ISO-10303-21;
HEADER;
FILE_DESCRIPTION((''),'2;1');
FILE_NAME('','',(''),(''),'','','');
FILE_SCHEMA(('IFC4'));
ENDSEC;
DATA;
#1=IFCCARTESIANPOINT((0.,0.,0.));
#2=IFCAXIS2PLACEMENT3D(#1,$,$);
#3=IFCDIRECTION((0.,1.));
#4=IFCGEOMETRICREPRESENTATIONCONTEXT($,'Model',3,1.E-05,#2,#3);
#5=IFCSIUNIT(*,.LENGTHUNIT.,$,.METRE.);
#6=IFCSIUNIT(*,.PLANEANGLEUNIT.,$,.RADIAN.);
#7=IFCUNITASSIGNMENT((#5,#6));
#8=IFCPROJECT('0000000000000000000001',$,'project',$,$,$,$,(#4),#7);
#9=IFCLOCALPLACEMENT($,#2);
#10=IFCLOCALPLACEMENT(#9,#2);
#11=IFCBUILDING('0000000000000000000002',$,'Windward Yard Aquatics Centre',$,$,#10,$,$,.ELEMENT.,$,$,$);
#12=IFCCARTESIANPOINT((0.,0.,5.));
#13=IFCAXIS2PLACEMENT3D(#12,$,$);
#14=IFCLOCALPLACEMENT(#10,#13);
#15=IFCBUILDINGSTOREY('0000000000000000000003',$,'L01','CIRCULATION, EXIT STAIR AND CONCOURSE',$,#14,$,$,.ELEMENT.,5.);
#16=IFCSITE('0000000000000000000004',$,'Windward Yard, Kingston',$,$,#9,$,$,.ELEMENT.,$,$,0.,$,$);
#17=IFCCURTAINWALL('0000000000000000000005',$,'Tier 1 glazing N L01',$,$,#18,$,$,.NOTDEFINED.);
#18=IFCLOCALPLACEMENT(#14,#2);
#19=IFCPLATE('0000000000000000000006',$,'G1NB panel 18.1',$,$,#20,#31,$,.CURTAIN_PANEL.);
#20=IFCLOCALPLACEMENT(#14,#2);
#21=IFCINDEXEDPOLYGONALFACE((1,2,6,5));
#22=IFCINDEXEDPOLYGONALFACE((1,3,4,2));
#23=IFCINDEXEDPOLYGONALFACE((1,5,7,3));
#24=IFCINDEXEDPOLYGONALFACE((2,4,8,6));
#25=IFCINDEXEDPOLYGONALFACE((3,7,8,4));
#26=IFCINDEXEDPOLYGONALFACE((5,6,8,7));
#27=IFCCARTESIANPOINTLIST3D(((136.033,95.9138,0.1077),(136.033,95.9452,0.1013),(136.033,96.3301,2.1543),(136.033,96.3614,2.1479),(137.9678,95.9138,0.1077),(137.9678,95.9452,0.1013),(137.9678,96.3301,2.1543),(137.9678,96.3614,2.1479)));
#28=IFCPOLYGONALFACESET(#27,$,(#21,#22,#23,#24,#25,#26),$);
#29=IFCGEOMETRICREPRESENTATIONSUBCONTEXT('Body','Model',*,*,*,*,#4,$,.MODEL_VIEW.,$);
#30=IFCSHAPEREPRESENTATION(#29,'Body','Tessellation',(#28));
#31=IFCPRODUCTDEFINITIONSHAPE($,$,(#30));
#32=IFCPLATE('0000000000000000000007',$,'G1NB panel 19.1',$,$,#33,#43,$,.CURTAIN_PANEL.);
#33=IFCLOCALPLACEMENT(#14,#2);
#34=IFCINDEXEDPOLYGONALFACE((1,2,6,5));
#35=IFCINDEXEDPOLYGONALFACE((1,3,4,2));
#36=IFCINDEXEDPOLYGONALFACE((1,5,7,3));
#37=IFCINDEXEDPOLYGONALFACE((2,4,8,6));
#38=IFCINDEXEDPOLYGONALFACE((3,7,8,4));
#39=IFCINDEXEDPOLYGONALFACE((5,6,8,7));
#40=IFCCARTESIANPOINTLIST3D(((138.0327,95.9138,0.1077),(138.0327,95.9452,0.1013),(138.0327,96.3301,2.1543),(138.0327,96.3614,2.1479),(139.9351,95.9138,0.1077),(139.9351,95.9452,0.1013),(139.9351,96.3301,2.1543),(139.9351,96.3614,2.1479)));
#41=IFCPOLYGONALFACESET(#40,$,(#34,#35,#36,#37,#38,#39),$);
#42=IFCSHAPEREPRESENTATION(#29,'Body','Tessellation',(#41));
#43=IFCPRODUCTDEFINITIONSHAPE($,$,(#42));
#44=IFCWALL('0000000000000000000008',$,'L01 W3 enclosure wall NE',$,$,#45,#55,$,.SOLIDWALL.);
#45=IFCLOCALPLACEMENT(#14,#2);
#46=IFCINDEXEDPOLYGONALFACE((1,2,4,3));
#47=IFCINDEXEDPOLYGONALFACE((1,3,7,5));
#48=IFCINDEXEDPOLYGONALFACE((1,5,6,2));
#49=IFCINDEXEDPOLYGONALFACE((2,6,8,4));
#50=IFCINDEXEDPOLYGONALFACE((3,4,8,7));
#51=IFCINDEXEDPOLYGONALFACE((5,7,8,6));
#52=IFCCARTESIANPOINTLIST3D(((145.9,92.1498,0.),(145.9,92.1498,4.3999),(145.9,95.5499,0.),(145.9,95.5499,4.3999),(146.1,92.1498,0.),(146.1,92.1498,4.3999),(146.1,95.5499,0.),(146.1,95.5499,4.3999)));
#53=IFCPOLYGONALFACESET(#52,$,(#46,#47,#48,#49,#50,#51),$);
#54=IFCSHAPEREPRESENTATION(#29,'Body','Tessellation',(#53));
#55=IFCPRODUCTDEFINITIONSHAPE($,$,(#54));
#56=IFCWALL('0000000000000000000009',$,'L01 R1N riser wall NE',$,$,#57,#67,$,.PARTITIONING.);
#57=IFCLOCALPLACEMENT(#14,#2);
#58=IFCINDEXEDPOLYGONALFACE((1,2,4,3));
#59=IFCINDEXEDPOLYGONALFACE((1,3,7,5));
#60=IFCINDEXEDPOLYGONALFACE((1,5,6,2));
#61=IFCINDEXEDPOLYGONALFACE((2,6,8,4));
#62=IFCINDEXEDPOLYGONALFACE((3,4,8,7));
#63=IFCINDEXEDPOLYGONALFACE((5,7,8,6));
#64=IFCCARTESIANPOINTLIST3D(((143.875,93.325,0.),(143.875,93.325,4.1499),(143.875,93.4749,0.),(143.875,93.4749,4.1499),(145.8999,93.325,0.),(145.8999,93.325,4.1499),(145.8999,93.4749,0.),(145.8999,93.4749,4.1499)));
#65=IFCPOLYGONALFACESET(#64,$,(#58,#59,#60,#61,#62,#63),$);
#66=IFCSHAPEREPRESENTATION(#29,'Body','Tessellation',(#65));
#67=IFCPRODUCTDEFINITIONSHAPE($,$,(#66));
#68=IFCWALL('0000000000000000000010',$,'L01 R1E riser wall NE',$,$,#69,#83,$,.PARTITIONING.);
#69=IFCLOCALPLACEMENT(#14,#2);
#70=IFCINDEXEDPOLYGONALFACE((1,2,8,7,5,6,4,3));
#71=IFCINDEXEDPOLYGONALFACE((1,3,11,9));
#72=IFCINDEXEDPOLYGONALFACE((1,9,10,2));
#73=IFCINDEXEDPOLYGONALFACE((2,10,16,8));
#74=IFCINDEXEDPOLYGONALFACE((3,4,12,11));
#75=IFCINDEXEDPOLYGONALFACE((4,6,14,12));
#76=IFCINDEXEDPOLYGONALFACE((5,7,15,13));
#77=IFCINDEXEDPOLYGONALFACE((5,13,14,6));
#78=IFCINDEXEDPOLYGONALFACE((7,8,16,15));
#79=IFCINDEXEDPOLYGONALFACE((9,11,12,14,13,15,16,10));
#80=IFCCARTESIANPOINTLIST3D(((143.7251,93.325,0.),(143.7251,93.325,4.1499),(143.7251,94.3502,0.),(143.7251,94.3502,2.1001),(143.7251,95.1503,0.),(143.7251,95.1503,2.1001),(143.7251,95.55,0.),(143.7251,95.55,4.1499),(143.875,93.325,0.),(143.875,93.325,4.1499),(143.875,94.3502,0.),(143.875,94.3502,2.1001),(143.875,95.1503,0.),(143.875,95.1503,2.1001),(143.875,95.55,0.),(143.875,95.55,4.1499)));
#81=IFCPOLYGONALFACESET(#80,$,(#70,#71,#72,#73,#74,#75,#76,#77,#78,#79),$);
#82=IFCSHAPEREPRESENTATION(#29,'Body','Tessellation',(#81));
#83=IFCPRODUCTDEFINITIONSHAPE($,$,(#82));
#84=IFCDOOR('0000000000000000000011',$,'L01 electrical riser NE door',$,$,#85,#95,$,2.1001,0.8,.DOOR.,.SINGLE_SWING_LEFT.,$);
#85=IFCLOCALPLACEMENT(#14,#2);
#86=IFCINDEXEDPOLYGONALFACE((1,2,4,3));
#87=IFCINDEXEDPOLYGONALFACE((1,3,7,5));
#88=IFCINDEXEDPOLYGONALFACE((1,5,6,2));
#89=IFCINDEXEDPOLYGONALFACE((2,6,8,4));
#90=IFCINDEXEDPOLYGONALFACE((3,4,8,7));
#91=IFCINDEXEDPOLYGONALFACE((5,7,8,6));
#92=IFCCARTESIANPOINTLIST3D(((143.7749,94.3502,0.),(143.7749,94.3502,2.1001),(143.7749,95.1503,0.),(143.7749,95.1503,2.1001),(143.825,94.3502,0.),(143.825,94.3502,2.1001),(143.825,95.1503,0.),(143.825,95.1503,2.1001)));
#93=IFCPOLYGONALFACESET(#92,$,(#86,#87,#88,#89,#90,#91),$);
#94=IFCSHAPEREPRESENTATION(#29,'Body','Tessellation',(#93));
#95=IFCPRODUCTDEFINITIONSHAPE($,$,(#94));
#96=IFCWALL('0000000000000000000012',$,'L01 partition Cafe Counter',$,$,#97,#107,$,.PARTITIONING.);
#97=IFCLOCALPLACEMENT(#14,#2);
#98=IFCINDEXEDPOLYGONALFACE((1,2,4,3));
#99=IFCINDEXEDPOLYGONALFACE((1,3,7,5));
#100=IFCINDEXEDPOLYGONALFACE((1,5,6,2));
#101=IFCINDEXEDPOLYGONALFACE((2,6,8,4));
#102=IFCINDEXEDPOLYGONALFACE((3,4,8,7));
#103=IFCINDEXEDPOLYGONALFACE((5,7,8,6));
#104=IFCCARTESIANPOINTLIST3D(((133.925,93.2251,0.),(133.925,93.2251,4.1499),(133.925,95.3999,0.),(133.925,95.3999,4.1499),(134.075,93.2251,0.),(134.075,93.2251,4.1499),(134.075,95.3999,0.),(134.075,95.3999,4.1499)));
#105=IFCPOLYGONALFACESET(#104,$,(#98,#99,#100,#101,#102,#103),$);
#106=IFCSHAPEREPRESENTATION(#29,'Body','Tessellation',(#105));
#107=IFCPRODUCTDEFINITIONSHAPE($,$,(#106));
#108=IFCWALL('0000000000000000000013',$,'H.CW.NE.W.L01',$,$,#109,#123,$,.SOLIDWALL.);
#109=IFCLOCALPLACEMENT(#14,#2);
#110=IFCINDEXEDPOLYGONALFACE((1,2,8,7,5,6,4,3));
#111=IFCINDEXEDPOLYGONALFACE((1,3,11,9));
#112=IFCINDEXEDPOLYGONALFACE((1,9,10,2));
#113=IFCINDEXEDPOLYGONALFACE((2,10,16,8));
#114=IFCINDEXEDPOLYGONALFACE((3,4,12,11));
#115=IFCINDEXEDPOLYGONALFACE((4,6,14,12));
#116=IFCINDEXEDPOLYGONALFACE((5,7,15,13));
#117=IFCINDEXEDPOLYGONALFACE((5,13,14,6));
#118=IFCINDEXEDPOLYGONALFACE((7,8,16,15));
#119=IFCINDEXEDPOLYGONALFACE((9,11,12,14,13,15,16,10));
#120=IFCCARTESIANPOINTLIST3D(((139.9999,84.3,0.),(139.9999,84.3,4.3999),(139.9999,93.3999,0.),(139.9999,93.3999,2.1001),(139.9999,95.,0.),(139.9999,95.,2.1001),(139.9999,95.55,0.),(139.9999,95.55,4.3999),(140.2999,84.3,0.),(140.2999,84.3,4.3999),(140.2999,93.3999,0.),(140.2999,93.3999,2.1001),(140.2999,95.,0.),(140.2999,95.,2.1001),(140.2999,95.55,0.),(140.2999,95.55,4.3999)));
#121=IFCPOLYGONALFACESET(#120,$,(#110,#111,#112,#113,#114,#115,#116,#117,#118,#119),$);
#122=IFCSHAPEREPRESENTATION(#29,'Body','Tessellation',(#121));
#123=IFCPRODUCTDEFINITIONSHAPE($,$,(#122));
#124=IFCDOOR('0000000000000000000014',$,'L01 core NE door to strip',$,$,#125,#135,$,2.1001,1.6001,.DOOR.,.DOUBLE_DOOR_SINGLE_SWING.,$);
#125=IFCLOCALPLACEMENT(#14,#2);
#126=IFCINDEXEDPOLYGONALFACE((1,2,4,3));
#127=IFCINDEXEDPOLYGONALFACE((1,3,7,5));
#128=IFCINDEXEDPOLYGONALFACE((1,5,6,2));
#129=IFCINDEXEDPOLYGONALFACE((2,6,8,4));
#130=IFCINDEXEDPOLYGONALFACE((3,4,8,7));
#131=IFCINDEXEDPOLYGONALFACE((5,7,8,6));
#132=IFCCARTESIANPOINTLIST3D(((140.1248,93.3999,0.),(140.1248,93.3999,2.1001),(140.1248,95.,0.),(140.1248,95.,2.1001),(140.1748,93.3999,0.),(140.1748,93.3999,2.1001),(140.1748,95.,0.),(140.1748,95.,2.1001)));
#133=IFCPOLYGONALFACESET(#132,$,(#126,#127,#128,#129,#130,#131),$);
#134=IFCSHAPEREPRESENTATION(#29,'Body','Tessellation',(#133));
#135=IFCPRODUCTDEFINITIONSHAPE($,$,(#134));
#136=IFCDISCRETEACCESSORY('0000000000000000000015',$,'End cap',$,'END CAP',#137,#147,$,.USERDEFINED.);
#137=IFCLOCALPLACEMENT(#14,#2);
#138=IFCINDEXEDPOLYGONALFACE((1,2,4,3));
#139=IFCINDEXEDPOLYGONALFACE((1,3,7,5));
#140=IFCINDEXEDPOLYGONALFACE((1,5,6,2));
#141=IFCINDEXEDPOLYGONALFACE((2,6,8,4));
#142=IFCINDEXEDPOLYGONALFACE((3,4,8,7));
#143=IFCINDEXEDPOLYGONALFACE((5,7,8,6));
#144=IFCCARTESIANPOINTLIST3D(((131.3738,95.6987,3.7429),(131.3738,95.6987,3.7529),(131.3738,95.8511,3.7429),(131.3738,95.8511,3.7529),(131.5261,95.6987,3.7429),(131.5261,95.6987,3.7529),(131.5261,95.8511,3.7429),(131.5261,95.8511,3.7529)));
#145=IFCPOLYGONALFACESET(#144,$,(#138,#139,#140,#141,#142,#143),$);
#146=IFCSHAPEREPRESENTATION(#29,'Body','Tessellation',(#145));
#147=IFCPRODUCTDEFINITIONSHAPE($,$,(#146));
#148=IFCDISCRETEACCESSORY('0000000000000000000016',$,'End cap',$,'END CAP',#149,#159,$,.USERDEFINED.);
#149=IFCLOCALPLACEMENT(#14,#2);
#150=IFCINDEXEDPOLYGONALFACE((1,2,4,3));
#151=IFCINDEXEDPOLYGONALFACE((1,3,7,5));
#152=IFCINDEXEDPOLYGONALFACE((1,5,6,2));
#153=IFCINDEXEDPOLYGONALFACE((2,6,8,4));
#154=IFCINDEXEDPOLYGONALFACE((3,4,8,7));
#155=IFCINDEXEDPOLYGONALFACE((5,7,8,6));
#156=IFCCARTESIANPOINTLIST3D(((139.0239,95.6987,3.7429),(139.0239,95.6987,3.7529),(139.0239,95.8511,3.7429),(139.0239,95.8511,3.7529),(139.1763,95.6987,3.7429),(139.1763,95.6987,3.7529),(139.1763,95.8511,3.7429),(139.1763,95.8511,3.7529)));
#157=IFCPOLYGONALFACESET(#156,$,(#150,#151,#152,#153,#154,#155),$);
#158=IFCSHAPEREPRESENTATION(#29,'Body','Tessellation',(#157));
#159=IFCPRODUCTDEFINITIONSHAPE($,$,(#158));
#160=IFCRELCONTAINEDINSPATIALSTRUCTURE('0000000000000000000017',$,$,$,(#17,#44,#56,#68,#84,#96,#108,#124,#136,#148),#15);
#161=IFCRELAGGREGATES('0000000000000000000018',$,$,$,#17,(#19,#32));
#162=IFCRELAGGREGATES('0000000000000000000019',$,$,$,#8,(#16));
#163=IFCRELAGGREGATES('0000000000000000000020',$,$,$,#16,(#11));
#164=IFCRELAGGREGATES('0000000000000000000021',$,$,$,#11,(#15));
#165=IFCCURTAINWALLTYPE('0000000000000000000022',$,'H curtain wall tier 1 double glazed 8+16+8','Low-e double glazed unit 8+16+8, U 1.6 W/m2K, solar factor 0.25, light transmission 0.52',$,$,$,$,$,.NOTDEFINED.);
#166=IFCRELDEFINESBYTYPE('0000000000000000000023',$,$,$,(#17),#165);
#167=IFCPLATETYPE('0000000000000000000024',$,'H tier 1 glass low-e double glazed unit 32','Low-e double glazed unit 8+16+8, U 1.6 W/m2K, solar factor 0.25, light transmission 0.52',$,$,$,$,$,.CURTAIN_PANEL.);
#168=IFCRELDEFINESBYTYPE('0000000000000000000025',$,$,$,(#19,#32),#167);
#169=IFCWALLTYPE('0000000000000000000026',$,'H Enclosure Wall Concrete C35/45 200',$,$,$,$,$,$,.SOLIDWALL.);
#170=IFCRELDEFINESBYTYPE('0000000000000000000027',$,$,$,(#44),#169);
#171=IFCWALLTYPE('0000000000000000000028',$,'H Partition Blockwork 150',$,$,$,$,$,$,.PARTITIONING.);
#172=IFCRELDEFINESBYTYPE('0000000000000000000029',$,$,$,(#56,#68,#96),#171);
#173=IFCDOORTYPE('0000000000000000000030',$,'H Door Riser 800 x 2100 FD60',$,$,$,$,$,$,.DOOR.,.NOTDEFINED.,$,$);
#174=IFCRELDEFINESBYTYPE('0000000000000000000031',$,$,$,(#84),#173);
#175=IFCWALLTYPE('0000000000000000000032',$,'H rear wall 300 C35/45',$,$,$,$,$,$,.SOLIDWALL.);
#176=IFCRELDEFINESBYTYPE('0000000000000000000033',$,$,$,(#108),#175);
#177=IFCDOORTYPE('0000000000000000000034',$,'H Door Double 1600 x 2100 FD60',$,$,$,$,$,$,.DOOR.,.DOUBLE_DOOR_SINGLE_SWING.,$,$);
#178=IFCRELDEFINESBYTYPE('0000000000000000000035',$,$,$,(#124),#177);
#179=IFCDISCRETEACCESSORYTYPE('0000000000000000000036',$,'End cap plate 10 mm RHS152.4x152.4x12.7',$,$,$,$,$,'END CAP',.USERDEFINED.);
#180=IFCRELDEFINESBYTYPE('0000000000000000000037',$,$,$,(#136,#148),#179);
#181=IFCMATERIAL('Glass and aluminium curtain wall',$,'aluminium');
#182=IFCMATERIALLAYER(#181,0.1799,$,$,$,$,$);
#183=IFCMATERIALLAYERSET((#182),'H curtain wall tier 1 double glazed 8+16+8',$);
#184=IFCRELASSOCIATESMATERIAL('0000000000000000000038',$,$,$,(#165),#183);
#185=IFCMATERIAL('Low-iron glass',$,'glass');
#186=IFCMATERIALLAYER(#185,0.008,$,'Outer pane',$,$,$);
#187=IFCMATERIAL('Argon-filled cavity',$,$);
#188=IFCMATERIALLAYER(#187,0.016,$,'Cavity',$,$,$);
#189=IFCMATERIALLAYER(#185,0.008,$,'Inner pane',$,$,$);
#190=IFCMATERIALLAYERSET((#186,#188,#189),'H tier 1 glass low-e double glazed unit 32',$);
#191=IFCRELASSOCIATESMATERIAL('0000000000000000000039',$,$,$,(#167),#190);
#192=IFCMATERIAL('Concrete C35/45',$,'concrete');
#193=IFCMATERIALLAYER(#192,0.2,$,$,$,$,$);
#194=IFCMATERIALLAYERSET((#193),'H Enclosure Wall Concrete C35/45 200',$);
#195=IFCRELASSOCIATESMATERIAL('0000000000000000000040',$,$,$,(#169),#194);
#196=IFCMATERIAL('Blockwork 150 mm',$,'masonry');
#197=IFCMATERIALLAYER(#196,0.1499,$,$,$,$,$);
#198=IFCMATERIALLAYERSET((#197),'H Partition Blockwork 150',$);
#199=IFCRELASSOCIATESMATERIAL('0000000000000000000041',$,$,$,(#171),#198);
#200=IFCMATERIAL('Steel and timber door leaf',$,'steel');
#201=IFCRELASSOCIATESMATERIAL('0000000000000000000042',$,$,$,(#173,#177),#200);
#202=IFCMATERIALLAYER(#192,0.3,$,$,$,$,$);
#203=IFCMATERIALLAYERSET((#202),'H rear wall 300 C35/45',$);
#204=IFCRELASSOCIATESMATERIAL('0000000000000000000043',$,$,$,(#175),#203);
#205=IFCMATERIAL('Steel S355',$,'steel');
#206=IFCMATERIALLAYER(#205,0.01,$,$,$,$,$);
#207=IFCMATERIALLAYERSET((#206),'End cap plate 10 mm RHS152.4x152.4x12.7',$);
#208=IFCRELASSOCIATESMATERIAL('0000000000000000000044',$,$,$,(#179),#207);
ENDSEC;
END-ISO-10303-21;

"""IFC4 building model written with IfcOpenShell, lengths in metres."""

from ifc_helpers import new_model, si_unit, direction, frame, frame_2d, origin, origin_2d, place, context, subcontext, project, spatial, polyline, rectangle, outline, extrude, material, layer, layer_set, type_object, element, fill, aggregate, save


model = new_model("IFC4")

# Units and contexts
model_context = context("Model", 3, precision=1e-05, world=origin(), true_north=direction((0.0, 1.0)))
body_context = subcontext(model_context, "Body", "Model", "MODEL_VIEW")
ifc_project = project(units=[si_unit("LENGTHUNIT", "METRE"), si_unit("PLANEANGLEUNIT", "RADIAN")], contexts=[model_context])

# Site, building, storey
site_placement = place(None, origin())
site = spatial("IfcSite", under=ifc_project, at=site_placement, Name="Windward Yard, Kingston", CompositionType="ELEMENT", RefElevation=0.0)
building_placement = place(site_placement, origin())
building = spatial("IfcBuilding", under=site, at=building_placement, Name="Windward Yard Aquatics Centre", CompositionType="ELEMENT")
storey_placement = place(building_placement, frame((0.0, 0.0, 5.0)))
storey = spatial("IfcBuildingStorey", under=building, at=storey_placement, Name="L01", Description="CIRCULATION, EXIT STAIR AND CONCOURSE", CompositionType="ELEMENT", Elevation=5.0)

# Curtain wall, plates
ifc_material_1 = material(Name="Glass and aluminium curtain wall", Category="aluminium")
ifc_layer_1 = layer(ifc_material_1, 0.1799)
ifc_layer_set_1 = layer_set([ifc_layer_1], Name="H curtain wall tier 1 double glazed 8+16+8")
curtain_wall_type = type_object("IfcCurtainWallType", Name="H curtain wall tier 1 double glazed 8+16+8", Description="Low-e double glazed unit 8+16+8, U 1.6 W/m2K, solar factor 0.25, light transmission 0.52", PredefinedType="NOTDEFINED", material=ifc_layer_set_1)
curtain_wall_placement = place(storey_placement, origin())
curtain_wall = element("IfcCurtainWall", 1, at=curtain_wall_placement, inside=storey, type_object=curtain_wall_type, Name="Tier 1 glazing N L01", PredefinedType="NOTDEFINED")
ifc_material_2 = material(Name="Low-iron glass", Category="glass")
ifc_layer_2 = layer(ifc_material_2, 0.008, Name="Outer pane")
ifc_material_3 = material(Name="Argon-filled cavity")
ifc_layer_3 = layer(ifc_material_3, 0.016, Name="Cavity")
ifc_layer_4 = layer(ifc_material_2, 0.008, Name="Inner pane")
ifc_layer_set_2 = layer_set([ifc_layer_2, ifc_layer_3, ifc_layer_4], Name="H tier 1 glass low-e double glazed unit 32")
plate_type = type_object("IfcPlateType", Name="H tier 1 glass low-e double glazed unit 32", Description="Low-e double glazed unit 8+16+8, U 1.6 W/m2K, solar factor 0.25, light transmission 0.52", PredefinedType="CURTAIN_PANEL", material=ifc_layer_set_2)
plate_1_placement = place(storey_placement, frame((136.033, 95.9138, 0.1077), z_axis=(0.0, -0.979937, 0.199307), x_axis=(1.0, 0.0, 0.0)))
plate_1 = element("IfcPlate", 2, at=plate_1_placement, type_object=plate_type, Name="G1NB panel 18.1", PredefinedType="CURTAIN_PANEL", context=body_context, shape_type="SweptSolid", body=[
    extrude(outline(polyline([(0.0, 0.0), (1.9348, 0.0), (1.9348, 2.0885), (0.0, 2.0885), (0.0, 0.0)])), origin(), (0.0, 0.0, -1.0), 0.032),
])
plate_2_placement = place(storey_placement, frame((138.0327, 95.9138, 0.1077), z_axis=(0.0, -0.979937, 0.199307), x_axis=(1.0, 0.0, 0.0)))
plate_2 = element("IfcPlate", 3, at=plate_2_placement, type_object=plate_type, Name="G1NB panel 19.1", PredefinedType="CURTAIN_PANEL", context=body_context, shape_type="SweptSolid", body=[
    extrude(outline(polyline([(0.0, 0.0), (1.9023, 0.0), (1.9023, 2.0885), (0.0, 2.0885), (0.0, 0.0)])), origin(), (0.0, 0.0, -1.0), 0.032),
])
aggregate(curtain_wall, [plate_1, plate_2])

# Walls
ifc_material_4 = material(Name="Concrete C35/45", Category="concrete")
ifc_layer_5 = layer(ifc_material_4, 0.2)
ifc_layer_set_3 = layer_set([ifc_layer_5], Name="H Enclosure Wall Concrete C35/45 200")
wall_type_1 = type_object("IfcWallType", Name="H Enclosure Wall Concrete C35/45 200", PredefinedType="SOLIDWALL", material=ifc_layer_set_3)
wall_1_placement = place(storey_placement, frame((146.0, 95.55, 0.0), z_axis=(0.0, 0.0, 1.0), x_axis=(0.0, -1.0, 0.0)))
element("IfcWall", 4, at=wall_1_placement, inside=storey, type_object=wall_type_1, Name="L01 W3 enclosure wall NE", PredefinedType="SOLIDWALL", context=body_context, shape_type="SweptSolid", body=[
    extrude(rectangle(XDim=3.4001, YDim=0.2, at=frame_2d((1.7002, 0.0))), origin(), (0.0, 0.0, 1.0), 4.3999),
])
ifc_material_5 = material(Name="Blockwork 150 mm", Category="masonry")
ifc_layer_6 = layer(ifc_material_5, 0.1499)
ifc_layer_set_4 = layer_set([ifc_layer_6], Name="H Partition Blockwork 150")
wall_type_2 = type_object("IfcWallType", Name="H Partition Blockwork 150", PredefinedType="PARTITIONING", material=ifc_layer_set_4)
wall_2_placement = place(storey_placement, frame((145.8999, 93.3999, 0.0), z_axis=(0.0, 0.0, 1.0), x_axis=(-1.0, 0.0, 0.0)))
element("IfcWall", 5, at=wall_2_placement, inside=storey, type_object=wall_type_2, Name="L01 R1N riser wall NE", PredefinedType="PARTITIONING", context=body_context, shape_type="SweptSolid", body=[
    extrude(rectangle(XDim=2.0249, YDim=0.1499, at=frame_2d((1.0125, 0.0))), origin(), (0.0, 0.0, 1.0), 4.1499),
])

# Wall, opening, door
wall_3_placement = place(storey_placement, frame((143.8, 95.55, 0.0), z_axis=(0.0, 0.0, 1.0), x_axis=(0.0, -1.0, 0.0)))
wall_3 = element("IfcWall", 6, at=wall_3_placement, inside=storey, type_object=wall_type_2, Name="L01 R1E riser wall NE", PredefinedType="PARTITIONING", context=body_context, shape_type="SweptSolid", body=[
    extrude(rectangle(XDim=2.2251, YDim=0.1499, at=frame_2d((1.1125, 0.0))), origin(), (0.0, 0.0, 1.0), 4.1499),
])
opening_1_placement = place(wall_3_placement, frame((0.3999, 0.0, 0.0)))
opening_1 = element("IfcOpeningElement", 7, at=opening_1_placement, cuts=wall_3, PredefinedType="OPENING", context=body_context, shape_type="SweptSolid", body=[
    extrude(rectangle(XDim=0.8, YDim=2.1001, at=frame_2d((0.3999, 1.05))), frame((0.0, 0.085, 0.0), z_axis=(0.0, -1.0, 0.0), x_axis=(1.0, 0.0, 0.0)), (0.0, 0.0, 1.0), 0.1699),
])
ifc_material_6 = material(Name="Steel and timber door leaf", Category="steel")
door_type_1 = type_object("IfcDoorType", Name="H Door Riser 800 x 2100 FD60", OperationType="NOTDEFINED", PredefinedType="DOOR", material=ifc_material_6)
door_1_placement = place(opening_1_placement, origin())
door_1 = element("IfcDoor", 8, at=door_1_placement, inside=storey, type_object=door_type_1, Name="L01 electrical riser NE door", OperationType="SINGLE_SWING_LEFT", OverallHeight=2.1001, OverallWidth=0.8, PredefinedType="DOOR", context=body_context, shape_type="SweptSolid", body=[
    extrude(rectangle(XDim=0.8, YDim=2.1001, at=frame_2d((0.3999, 1.05))), frame((0.0, 0.0249, 0.0), z_axis=(0.0, -1.0, 0.0), x_axis=(1.0, 0.0, 0.0)), (0.0, 0.0, 1.0), 0.05),
])
fill(opening_1, door_1)

# Wall
wall_4_placement = place(storey_placement, frame((134.0, 95.3999, 0.0), z_axis=(0.0, 0.0, 1.0), x_axis=(0.0, -1.0, 0.0)))
element("IfcWall", 9, at=wall_4_placement, inside=storey, type_object=wall_type_2, Name="L01 partition Cafe Counter", PredefinedType="PARTITIONING", context=body_context, shape_type="SweptSolid", body=[
    extrude(rectangle(XDim=2.1748, YDim=0.1499, at=frame_2d((1.0874, 0.0))), origin(), (0.0, 0.0, 1.0), 4.1499),
])

# Wall, opening, door
ifc_layer_7 = layer(ifc_material_4, 0.3)
ifc_layer_set_5 = layer_set([ifc_layer_7], Name="H rear wall 300 C35/45")
wall_type_3 = type_object("IfcWallType", Name="H rear wall 300 C35/45", PredefinedType="SOLIDWALL", material=ifc_layer_set_5)
wall_5_placement = place(storey_placement, frame((140.1499, 95.55, 0.0), z_axis=(0.0, 0.0, 1.0), x_axis=(0.0, -1.0, 0.0)))
wall_5 = element("IfcWall", 10, at=wall_5_placement, inside=storey, type_object=wall_type_3, Name="H.CW.NE.W.L01", PredefinedType="SOLIDWALL", context=body_context, shape_type="SweptSolid", body=[
    extrude(rectangle(XDim=11.25, YDim=0.3, at=frame_2d((5.625, 0.0))), origin(), (0.0, 0.0, 1.0), 4.3999),
])
opening_2_placement = place(wall_5_placement, frame((0.55, 0.0, 0.0)))
opening_2 = element("IfcOpeningElement", 11, at=opening_2_placement, cuts=wall_5, PredefinedType="OPENING", context=body_context, shape_type="SweptSolid", body=[
    extrude(rectangle(XDim=1.6001, YDim=2.1001, at=frame_2d((0.8, 1.05))), frame((0.0, 0.1602, 0.0), z_axis=(0.0, -1.0, 0.0), x_axis=(1.0, 0.0, 0.0)), (0.0, 0.0, 1.0), 0.3201),
])
door_type_2 = type_object("IfcDoorType", Name="H Door Double 1600 x 2100 FD60", OperationType="DOUBLE_DOOR_SINGLE_SWING", PredefinedType="DOOR", material=ifc_material_6)
door_2_placement = place(opening_2_placement, origin())
door_2 = element("IfcDoor", 12, at=door_2_placement, inside=storey, type_object=door_type_2, Name="L01 core NE door to strip", OperationType="DOUBLE_DOOR_SINGLE_SWING", OverallHeight=2.1001, OverallWidth=1.6001, PredefinedType="DOOR", context=body_context, shape_type="SweptSolid", body=[
    extrude(rectangle(XDim=1.6001, YDim=2.1001, at=frame_2d((0.8, 1.05))), frame((0.0, 0.0249, 0.0), z_axis=(0.0, -1.0, 0.0), x_axis=(1.0, 0.0, 0.0)), (0.0, 0.0, 1.0), 0.05),
])
fill(opening_2, door_2)

# Discrete accessories
ifc_material_7 = material(Name="Steel S355", Category="steel")
ifc_layer_8 = layer(ifc_material_7, 0.01)
ifc_layer_set_6 = layer_set([ifc_layer_8], Name="End cap plate 10 mm RHS152.4x152.4x12.7")
discrete_accessory_type = type_object("IfcDiscreteAccessoryType", Name="End cap plate 10 mm RHS152.4x152.4x12.7", ElementType="END CAP", PredefinedType="USERDEFINED", material=ifc_layer_set_6)
for number, where, z_axis, x_axis, name in (
    (13, (131.45, 95.7749, 3.7429), (0.0, 0.0, 1.0), (1.0, 0.0, 0.0), "End cap"),
    (14, (139.1001, 95.7749, 3.7429), (0.0, 0.0, 1.0), (1.0, 0.0, 0.0), "End cap"),
):
    element("IfcDiscreteAccessory", number, at=place(storey_placement, frame(where, z_axis=z_axis, x_axis=x_axis)), inside=storey, type_object=discrete_accessory_type, Name=name, ObjectType="END CAP", PredefinedType="USERDEFINED", context=body_context, shape_type="SweptSolid", body=[
        extrude(rectangle(XDim=0.1523, YDim=0.1523, at=origin_2d()), origin(), (0.0, 0.0, 1.0), 0.01),
    ])

save(model, "model.ifc")
